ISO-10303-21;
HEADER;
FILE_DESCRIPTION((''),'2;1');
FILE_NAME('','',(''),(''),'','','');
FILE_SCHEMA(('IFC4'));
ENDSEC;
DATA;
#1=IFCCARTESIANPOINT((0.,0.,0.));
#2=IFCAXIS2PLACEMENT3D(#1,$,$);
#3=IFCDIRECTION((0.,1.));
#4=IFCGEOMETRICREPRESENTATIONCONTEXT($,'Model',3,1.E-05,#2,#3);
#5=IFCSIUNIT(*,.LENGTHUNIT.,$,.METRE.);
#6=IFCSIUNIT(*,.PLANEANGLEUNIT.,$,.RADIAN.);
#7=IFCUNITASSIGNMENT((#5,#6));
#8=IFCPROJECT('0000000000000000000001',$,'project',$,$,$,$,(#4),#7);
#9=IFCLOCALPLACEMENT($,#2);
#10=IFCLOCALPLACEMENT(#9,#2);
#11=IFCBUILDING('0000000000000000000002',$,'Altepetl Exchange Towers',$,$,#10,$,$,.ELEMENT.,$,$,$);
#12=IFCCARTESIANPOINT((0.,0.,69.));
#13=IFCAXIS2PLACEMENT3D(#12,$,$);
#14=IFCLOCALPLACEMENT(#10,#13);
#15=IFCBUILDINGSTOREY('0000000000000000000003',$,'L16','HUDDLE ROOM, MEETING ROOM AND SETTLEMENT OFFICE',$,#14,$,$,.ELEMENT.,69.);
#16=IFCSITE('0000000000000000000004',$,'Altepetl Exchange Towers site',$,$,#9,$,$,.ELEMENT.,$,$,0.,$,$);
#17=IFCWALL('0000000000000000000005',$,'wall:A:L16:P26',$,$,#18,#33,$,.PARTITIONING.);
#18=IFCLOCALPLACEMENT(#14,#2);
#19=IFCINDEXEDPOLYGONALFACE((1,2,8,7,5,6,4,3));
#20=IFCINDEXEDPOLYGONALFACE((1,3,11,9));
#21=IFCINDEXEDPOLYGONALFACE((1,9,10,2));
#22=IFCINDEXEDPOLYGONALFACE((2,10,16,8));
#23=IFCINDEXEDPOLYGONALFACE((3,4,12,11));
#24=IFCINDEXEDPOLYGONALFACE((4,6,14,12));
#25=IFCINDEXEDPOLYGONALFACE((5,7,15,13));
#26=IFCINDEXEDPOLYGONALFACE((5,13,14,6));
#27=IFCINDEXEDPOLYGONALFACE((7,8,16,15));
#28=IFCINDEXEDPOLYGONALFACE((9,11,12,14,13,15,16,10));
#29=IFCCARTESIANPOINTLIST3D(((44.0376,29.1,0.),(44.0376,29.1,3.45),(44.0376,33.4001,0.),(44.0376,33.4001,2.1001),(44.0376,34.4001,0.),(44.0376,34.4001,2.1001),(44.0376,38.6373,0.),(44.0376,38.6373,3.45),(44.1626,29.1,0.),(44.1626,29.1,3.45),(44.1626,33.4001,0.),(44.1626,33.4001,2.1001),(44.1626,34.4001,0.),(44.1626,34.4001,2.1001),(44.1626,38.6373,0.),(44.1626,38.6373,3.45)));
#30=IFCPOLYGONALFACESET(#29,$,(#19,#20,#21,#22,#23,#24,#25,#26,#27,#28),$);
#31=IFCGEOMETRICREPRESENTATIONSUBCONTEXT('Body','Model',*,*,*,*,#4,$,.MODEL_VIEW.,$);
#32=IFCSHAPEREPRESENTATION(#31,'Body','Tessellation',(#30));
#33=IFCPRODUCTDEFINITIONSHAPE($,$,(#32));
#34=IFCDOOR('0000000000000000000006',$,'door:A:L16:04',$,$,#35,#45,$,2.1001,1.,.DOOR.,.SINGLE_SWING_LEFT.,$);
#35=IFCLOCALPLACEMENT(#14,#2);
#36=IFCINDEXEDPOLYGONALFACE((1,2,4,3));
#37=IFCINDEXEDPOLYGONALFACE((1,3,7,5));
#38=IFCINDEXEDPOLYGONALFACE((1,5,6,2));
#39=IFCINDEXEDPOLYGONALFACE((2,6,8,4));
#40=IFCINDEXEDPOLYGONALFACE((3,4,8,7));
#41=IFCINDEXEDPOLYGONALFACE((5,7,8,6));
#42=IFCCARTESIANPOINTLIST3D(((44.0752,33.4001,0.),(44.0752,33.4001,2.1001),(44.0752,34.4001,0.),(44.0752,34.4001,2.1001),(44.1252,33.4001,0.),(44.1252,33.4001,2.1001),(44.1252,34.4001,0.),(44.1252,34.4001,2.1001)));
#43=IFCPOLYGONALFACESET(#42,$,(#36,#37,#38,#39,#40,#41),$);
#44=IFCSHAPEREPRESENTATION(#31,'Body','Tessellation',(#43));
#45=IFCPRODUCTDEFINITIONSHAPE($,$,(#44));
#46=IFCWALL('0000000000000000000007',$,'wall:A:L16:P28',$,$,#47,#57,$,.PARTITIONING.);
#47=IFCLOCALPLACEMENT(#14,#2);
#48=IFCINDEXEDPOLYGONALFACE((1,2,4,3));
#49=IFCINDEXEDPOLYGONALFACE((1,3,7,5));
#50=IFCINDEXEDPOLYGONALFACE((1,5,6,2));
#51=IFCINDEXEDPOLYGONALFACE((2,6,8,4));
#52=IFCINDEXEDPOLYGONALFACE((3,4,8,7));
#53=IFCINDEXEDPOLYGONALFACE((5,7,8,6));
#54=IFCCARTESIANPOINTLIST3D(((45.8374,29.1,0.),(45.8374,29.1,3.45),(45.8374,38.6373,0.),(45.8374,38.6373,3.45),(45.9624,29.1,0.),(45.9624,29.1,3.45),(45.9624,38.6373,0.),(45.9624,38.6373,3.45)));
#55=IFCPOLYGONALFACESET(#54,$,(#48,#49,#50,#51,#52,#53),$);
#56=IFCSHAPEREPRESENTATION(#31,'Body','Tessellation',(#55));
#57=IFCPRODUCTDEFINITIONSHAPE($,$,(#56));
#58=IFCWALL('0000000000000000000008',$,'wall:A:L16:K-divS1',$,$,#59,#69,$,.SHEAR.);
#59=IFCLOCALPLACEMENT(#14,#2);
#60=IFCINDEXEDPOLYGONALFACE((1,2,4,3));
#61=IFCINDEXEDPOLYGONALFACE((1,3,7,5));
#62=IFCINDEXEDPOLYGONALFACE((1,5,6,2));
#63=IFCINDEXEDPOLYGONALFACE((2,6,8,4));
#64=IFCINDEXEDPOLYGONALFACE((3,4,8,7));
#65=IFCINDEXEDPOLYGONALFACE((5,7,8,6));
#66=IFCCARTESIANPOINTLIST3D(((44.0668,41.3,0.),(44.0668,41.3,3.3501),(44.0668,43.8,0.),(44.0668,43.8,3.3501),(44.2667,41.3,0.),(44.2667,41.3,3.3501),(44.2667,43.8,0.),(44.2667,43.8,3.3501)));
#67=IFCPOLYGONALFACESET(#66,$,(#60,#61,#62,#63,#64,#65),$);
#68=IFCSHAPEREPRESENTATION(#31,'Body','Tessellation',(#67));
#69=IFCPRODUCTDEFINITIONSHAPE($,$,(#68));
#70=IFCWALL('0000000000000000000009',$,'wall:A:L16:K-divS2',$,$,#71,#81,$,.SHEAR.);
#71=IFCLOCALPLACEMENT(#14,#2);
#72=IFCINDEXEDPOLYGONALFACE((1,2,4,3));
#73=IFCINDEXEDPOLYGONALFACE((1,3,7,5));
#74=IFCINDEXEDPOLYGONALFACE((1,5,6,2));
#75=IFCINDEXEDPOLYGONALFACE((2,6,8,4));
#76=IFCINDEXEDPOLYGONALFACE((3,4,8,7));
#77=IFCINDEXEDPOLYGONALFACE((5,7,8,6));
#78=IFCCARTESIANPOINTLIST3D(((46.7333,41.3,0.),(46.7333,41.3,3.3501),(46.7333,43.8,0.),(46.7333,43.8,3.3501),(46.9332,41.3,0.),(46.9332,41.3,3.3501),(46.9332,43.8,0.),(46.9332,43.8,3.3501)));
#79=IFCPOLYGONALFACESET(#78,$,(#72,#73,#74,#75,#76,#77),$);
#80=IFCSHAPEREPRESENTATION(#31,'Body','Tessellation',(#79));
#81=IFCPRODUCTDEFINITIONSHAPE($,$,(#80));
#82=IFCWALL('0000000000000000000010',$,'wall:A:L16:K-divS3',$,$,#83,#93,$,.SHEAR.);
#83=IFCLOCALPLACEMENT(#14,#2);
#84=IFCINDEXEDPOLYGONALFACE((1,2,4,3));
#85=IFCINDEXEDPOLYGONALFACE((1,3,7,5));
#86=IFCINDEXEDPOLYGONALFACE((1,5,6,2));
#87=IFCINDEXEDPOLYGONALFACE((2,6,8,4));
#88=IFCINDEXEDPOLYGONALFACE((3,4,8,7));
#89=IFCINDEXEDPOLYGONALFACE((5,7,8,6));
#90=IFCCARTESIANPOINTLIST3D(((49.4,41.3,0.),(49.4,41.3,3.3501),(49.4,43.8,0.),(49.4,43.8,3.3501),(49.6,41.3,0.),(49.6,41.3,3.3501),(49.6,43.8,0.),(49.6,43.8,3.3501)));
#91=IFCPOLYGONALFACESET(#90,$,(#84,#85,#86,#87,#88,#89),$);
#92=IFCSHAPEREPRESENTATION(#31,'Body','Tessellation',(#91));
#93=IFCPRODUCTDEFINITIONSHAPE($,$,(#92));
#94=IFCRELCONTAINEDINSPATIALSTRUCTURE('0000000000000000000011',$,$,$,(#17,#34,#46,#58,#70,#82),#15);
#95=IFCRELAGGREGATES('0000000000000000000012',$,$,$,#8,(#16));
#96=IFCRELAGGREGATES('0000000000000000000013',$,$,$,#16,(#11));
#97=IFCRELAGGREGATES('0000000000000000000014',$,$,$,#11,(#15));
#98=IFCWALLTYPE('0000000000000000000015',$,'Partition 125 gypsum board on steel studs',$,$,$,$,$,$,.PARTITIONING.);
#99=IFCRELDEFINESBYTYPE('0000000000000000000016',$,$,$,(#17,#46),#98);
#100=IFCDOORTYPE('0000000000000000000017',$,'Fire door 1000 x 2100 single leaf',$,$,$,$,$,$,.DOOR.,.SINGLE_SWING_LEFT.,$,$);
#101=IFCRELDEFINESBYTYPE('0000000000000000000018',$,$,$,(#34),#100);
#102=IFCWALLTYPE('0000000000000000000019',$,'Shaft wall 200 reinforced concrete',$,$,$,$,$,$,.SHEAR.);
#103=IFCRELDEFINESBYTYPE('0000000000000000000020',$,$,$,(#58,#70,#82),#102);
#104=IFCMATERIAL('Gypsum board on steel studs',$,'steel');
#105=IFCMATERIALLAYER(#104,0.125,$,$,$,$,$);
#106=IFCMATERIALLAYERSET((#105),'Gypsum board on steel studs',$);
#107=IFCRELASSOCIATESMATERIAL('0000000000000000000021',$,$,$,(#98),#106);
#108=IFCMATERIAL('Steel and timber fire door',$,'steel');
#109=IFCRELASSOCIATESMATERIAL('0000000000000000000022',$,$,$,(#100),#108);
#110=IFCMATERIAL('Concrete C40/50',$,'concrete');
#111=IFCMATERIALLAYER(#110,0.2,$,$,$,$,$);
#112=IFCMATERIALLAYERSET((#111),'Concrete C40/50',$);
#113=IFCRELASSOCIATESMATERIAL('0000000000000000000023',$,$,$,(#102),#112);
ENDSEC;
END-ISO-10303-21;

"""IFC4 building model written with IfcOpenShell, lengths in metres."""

from ifc_helpers import new_model, si_unit, direction, frame, frame_2d, origin, place, context, subcontext, project, spatial, rectangle, extrude, material, layer, layer_set, type_object, element, fill, save


model = new_model("IFC4")

# Units and contexts
model_context = context("Model", 3, precision=1e-05, world=origin(), true_north=direction((0.0, 1.0)))
body_context = subcontext(model_context, "Body", "Model", "MODEL_VIEW")
ifc_project = project(units=[si_unit("LENGTHUNIT", "METRE"), si_unit("PLANEANGLEUNIT", "RADIAN")], contexts=[model_context])

# Site, building, storey
site_placement = place(None, origin())
site = spatial("IfcSite", under=ifc_project, at=site_placement, Name="Altepetl Exchange Towers site", CompositionType="ELEMENT", RefElevation=0.0)
building_placement = place(site_placement, origin())
building = spatial("IfcBuilding", under=site, at=building_placement, Name="Altepetl Exchange Towers", CompositionType="ELEMENT")
storey_placement = place(building_placement, frame((0.0, 0.0, 69.0)))
storey = spatial("IfcBuildingStorey", under=building, at=storey_placement, Name="L16", Description="HUDDLE ROOM, MEETING ROOM AND SETTLEMENT OFFICE", CompositionType="ELEMENT", Elevation=69.0)

# Shared definitions
ifc_material_1 = material(Name="Gypsum board on steel studs", Category="steel")
ifc_layer_1 = layer(ifc_material_1, 0.125)
ifc_layer_set_1 = layer_set([ifc_layer_1], Name="Gypsum board on steel studs")
wall_type_1 = type_object("IfcWallType", Name="Partition 125 gypsum board on steel studs", PredefinedType="PARTITIONING", material=ifc_layer_set_1)

# Wall, opening, door
wall_1_placement = place(storey_placement, frame((44.1001, 29.1001, 0.0), z_axis=(0.0, 0.0, 1.0), x_axis=(0.0, 1.0, 0.0)))
wall_1 = element("IfcWall", 1, at=wall_1_placement, inside=storey, type_object=wall_type_1, Name="wall:A:L16:P26", PredefinedType="PARTITIONING", context=body_context, shape_type="SweptSolid", body=[
    extrude(rectangle(XDim=9.5374, YDim=0.125, at=frame_2d((4.7686, 0.0))), origin(), (0.0, 0.0, 1.0), 3.45),
])
opening_1_placement = place(wall_1_placement, frame((4.3, 0.0, 0.0)))
opening_1 = element("IfcOpeningElement", 2, at=opening_1_placement, cuts=wall_1, PredefinedType="OPENING", context=body_context, shape_type="SweptSolid", body=[
    extrude(rectangle(XDim=1.0, YDim=2.1001, at=frame_2d((0.5, 1.05))), frame((0.0, 0.0725, 0.0), z_axis=(0.0, -1.0, 0.0), x_axis=(1.0, 0.0, 0.0)), (0.0, 0.0, 1.0), 0.145),
])
ifc_material_2 = material(Name="Steel and timber fire door", Category="steel")
door_type_1 = type_object("IfcDoorType", Name="Fire door 1000 x 2100 single leaf", OperationType="SINGLE_SWING_LEFT", PredefinedType="DOOR", material=ifc_material_2)
door_1_placement = place(opening_1_placement, origin())
door_1 = element("IfcDoor", 3, at=door_1_placement, inside=storey, type_object=door_type_1, Name="door:A:L16:04", OperationType="SINGLE_SWING_LEFT", OverallHeight=2.1001, OverallWidth=1.0, PredefinedType="DOOR", context=body_context, shape_type="SweptSolid", body=[
    extrude(rectangle(XDim=1.0, YDim=2.1001, at=frame_2d((0.5, 1.05))), frame((0.0, 0.0249, 0.0), z_axis=(0.0, -1.0, 0.0), x_axis=(1.0, 0.0, 0.0)), (0.0, 0.0, 1.0), 0.05),
])
fill(opening_1, door_1)

# Walls
wall_2_placement = place(storey_placement, frame((45.8999, 29.1001, 0.0), z_axis=(0.0, 0.0, 1.0), x_axis=(0.0, 1.0, 0.0)))
element("IfcWall", 4, at=wall_2_placement, inside=storey, type_object=wall_type_1, Name="wall:A:L16:P28", PredefinedType="PARTITIONING", context=body_context, shape_type="SweptSolid", body=[
    extrude(rectangle(XDim=9.5374, YDim=0.125, at=frame_2d((4.7686, 0.0))), origin(), (0.0, 0.0, 1.0), 3.45),
])
ifc_material_3 = material(Name="Concrete C40/50", Category="concrete")
ifc_layer_2 = layer(ifc_material_3, 0.2)
ifc_layer_set_2 = layer_set([ifc_layer_2], Name="Concrete C40/50")
wall_type_2 = type_object("IfcWallType", Name="Shaft wall 200 reinforced concrete", PredefinedType="SHEAR", material=ifc_layer_set_2)
for number, where, z_axis, x_axis, name in (
    (5, (44.1667, 41.3, 0.0), (0.0, 0.0, 1.0), (0.0, 1.0, 0.0), "wall:A:L16:K-divS1"),
    (6, (46.8333, 41.3, 0.0), (0.0, 0.0, 1.0), (0.0, 1.0, 0.0), "wall:A:L16:K-divS2"),
    (7, (49.5, 41.3, 0.0), (0.0, 0.0, 1.0), (0.0, 1.0, 0.0), "wall:A:L16:K-divS3"),
):
    element("IfcWall", number, at=place(storey_placement, frame(where, z_axis=z_axis, x_axis=x_axis)), inside=storey, type_object=wall_type_2, Name=name, PredefinedType="SHEAR", context=body_context, shape_type="SweptSolid", body=[
        extrude(rectangle(XDim=2.5, YDim=0.2, at=frame_2d((1.25, 0.0))), origin(), (0.0, 0.0, 1.0), 3.3501),
    ])

save(model, "model.ifc")
